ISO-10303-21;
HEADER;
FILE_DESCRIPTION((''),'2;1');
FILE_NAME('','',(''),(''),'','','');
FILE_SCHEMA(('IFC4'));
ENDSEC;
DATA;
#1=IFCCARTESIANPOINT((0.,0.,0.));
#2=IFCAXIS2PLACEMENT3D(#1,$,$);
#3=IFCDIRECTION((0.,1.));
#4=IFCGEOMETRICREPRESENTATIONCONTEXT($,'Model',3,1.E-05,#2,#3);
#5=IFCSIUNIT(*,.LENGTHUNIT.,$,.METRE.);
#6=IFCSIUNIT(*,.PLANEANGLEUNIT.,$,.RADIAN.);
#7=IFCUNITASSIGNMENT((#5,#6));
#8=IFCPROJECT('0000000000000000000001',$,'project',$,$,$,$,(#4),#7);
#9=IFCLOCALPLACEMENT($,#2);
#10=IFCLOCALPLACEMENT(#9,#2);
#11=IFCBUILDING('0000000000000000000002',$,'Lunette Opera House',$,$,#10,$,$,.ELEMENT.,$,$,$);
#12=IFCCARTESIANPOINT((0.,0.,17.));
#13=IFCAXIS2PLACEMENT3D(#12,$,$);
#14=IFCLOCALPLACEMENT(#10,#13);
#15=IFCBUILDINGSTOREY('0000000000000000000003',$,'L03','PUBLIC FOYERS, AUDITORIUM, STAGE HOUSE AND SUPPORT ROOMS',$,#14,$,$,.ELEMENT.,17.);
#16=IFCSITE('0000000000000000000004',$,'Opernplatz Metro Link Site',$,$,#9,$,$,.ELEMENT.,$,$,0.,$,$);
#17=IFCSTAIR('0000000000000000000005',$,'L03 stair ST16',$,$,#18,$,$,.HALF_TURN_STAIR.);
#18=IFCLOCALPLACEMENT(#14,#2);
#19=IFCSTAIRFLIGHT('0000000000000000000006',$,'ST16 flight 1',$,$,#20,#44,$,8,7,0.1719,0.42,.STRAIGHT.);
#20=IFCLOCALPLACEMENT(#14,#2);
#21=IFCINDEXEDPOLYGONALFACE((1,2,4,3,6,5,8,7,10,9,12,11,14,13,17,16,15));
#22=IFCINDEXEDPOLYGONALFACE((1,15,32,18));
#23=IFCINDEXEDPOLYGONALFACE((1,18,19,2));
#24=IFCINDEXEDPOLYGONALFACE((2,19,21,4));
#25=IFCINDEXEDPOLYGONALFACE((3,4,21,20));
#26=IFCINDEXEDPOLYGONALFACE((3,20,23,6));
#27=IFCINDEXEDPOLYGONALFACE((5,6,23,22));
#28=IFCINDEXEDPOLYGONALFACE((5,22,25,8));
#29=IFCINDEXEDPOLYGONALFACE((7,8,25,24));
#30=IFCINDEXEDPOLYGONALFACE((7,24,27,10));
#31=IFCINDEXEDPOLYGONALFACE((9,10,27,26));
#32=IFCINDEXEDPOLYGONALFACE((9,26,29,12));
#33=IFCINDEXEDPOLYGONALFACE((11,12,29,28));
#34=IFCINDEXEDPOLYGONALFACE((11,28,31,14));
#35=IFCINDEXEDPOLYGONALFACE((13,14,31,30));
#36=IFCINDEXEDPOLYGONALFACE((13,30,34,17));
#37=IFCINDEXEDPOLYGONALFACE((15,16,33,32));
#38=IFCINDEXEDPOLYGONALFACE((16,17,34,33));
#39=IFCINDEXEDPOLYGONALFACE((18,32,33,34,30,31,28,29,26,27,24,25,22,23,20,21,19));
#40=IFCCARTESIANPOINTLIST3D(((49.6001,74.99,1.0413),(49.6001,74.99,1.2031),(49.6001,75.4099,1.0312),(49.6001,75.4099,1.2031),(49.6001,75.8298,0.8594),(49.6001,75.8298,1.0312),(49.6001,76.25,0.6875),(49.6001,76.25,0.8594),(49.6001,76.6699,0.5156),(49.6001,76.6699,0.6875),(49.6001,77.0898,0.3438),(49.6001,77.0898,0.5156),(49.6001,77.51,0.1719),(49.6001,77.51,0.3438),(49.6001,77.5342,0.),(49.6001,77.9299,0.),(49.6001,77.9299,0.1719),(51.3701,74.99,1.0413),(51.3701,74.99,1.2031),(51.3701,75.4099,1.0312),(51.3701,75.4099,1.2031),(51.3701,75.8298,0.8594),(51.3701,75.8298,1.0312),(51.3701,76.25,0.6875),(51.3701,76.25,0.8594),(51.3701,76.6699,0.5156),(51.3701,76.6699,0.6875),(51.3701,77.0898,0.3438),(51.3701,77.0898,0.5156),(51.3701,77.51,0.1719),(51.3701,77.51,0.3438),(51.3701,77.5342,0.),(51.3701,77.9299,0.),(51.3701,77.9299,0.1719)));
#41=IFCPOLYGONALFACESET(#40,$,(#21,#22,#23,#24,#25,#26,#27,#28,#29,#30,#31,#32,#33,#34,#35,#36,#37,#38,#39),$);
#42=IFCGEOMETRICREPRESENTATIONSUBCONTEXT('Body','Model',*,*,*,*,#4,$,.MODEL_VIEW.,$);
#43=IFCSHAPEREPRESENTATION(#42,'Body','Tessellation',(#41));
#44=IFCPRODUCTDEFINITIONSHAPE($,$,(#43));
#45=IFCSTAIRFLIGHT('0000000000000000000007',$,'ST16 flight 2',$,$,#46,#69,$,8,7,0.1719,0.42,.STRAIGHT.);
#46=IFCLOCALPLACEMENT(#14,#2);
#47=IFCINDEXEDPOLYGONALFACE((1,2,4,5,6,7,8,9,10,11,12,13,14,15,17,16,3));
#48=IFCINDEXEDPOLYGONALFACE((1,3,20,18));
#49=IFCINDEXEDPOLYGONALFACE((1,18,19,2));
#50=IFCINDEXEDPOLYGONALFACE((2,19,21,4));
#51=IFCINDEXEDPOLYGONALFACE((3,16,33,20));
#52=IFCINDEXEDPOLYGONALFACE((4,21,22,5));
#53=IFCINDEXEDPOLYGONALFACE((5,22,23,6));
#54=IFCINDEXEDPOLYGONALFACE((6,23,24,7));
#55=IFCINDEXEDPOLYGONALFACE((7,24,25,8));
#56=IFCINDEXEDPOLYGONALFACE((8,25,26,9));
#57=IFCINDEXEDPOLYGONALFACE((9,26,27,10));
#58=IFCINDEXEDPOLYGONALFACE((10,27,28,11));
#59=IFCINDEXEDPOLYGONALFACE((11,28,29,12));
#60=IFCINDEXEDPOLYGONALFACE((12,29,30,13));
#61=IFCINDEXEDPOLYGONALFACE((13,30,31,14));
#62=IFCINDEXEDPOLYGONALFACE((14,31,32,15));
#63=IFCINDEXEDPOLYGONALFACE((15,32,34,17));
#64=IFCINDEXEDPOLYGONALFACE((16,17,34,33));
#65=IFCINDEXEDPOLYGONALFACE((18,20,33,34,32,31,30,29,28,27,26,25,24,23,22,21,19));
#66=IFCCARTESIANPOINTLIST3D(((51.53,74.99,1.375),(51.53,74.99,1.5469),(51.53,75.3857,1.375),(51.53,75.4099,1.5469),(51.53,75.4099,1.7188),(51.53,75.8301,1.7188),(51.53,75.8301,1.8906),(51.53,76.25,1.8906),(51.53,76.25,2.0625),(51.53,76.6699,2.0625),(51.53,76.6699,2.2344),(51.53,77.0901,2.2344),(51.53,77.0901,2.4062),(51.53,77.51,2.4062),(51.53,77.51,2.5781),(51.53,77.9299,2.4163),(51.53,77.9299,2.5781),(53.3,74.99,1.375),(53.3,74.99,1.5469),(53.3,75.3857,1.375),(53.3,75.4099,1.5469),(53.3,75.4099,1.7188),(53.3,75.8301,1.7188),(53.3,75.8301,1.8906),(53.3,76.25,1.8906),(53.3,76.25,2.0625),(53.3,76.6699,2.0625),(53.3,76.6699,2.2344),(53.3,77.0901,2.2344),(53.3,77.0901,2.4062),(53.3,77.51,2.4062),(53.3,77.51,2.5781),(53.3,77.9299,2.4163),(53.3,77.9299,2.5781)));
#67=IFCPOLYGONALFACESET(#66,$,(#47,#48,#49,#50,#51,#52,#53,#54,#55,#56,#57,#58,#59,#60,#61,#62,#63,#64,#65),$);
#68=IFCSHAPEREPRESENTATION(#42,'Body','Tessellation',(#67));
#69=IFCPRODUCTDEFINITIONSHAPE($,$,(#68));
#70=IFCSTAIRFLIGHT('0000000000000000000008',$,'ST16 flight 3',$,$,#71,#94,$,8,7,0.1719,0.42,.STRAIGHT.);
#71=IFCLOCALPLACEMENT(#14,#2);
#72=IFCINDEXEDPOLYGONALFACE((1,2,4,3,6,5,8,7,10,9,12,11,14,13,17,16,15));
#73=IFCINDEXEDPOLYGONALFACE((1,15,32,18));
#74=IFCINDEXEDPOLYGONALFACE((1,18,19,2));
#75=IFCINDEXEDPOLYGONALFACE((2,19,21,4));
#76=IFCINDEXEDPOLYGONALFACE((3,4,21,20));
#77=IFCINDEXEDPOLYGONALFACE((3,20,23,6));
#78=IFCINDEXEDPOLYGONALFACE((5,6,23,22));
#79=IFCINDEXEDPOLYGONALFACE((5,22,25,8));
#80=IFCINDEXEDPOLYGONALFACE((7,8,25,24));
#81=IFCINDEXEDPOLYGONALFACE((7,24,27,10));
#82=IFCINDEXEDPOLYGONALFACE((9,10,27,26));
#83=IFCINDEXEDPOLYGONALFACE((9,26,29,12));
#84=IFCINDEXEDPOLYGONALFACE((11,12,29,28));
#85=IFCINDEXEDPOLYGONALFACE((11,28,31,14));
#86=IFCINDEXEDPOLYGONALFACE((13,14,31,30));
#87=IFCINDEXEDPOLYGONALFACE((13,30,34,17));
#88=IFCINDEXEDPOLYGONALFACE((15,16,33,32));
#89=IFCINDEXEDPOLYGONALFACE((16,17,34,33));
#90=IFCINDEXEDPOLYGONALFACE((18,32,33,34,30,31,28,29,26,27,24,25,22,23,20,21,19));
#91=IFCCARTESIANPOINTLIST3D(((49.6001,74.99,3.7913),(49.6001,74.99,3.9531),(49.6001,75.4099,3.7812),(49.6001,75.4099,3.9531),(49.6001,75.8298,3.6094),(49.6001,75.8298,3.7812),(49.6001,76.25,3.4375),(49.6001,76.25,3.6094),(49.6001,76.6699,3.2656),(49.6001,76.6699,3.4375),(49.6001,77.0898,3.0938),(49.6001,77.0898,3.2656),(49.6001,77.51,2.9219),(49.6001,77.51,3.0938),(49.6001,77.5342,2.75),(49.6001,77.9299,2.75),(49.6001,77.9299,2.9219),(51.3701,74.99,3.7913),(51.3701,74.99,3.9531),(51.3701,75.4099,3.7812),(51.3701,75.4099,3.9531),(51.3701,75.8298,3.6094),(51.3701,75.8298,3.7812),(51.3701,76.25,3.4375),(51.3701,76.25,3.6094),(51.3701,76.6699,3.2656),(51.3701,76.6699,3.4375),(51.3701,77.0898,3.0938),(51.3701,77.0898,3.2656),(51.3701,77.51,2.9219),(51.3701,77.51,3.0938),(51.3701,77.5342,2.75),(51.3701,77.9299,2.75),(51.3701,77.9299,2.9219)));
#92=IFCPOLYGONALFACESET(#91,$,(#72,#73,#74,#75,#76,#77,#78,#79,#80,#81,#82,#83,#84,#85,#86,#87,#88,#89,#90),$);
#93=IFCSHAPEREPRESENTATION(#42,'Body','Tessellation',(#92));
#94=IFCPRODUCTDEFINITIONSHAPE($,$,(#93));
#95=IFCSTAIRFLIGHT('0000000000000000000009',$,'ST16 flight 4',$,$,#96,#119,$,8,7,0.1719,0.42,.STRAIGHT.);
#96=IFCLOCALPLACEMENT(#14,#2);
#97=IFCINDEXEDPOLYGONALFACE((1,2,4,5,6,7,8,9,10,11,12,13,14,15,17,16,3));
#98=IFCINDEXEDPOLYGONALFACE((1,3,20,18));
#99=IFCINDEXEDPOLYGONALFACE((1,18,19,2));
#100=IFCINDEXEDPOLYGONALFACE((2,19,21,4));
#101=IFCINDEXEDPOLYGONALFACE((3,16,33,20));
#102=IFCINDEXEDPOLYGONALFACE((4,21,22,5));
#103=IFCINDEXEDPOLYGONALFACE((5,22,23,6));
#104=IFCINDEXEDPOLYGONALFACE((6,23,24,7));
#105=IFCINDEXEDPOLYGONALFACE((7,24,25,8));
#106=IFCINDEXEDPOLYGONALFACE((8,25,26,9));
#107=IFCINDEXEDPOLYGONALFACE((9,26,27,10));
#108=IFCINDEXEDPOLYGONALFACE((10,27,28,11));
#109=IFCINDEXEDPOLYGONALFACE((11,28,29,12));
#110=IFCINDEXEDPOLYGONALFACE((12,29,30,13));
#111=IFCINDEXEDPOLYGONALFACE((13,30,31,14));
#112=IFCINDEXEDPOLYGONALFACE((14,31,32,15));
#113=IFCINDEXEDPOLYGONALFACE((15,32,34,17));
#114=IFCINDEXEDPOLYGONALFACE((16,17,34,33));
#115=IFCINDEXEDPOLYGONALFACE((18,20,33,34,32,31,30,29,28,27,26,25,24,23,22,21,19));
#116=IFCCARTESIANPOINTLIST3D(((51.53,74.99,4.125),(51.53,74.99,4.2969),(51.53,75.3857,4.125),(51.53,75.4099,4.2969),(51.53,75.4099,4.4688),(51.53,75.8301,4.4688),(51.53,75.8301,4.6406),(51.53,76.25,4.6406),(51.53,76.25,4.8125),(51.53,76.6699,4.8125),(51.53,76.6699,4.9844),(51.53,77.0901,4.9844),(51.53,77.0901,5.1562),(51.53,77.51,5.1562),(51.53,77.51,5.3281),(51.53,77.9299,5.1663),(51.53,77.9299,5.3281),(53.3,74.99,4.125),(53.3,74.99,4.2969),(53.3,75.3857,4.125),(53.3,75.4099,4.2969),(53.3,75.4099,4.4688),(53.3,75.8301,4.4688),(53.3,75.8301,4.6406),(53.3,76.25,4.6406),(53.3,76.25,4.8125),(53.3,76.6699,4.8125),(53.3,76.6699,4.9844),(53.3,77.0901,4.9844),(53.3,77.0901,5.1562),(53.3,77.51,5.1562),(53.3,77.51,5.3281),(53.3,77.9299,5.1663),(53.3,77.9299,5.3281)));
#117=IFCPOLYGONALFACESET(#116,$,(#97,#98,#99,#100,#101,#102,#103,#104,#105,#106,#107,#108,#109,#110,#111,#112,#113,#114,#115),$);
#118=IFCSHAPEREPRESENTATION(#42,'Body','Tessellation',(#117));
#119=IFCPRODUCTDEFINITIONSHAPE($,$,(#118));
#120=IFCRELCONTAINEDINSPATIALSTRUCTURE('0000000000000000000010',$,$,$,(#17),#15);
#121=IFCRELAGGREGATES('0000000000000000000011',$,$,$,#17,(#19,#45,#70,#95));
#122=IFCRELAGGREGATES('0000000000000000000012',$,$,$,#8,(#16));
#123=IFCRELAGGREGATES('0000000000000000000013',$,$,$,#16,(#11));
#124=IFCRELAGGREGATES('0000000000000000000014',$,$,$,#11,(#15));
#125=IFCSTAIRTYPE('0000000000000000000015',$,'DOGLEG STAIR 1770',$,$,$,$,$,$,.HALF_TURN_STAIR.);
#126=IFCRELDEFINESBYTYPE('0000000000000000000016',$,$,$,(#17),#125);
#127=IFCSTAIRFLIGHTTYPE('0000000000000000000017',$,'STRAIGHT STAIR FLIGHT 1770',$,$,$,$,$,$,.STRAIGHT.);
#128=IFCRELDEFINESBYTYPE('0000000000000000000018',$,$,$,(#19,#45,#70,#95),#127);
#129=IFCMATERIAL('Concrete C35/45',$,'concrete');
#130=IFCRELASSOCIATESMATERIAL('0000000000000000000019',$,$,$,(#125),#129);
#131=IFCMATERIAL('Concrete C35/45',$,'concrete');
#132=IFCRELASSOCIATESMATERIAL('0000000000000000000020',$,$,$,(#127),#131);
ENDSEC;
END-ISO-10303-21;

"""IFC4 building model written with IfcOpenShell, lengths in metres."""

from ifc_helpers import new_model, si_unit, direction, frame, origin, place, context, subcontext, project, spatial, polyline, outline, extrude, material, type_object, element, aggregate, save


model = new_model("IFC4")

# Units and contexts
model_context = context("Model", 3, precision=1e-05, world=origin(), true_north=direction((0.0, 1.0)))
body_context = subcontext(model_context, "Body", "Model", "MODEL_VIEW")
ifc_project = project(units=[si_unit("LENGTHUNIT", "METRE"), si_unit("PLANEANGLEUNIT", "RADIAN")], contexts=[model_context])

# Site, building, storey
site_placement = place(None, origin())
site = spatial("IfcSite", under=ifc_project, at=site_placement, Name="Opernplatz Metro Link Site", CompositionType="ELEMENT", RefElevation=0.0)
building_placement = place(site_placement, origin())
building = spatial("IfcBuilding", under=site, at=building_placement, Name="Lunette Opera House", CompositionType="ELEMENT")
storey_placement = place(building_placement, frame((0.0, 0.0, 17.0)))
storey = spatial("IfcBuildingStorey", under=building, at=storey_placement, Name="L03", Description="PUBLIC FOYERS, AUDITORIUM, STAGE HOUSE AND SUPPORT ROOMS", CompositionType="ELEMENT", Elevation=17.0)

# Stair, stair flights
ifc_material_1 = material(Name="Concrete C35/45", Category="concrete")
stair_type = type_object("IfcStairType", Name="DOGLEG STAIR 1770", PredefinedType="HALF_TURN_STAIR", material=ifc_material_1)
stair_placement = place(storey_placement, origin())
stair = element("IfcStair", 1, at=stair_placement, inside=storey, type_object=stair_type, Name="L03 stair ST16", PredefinedType="HALF_TURN_STAIR")
ifc_material_2 = material(Name="Concrete C35/45", Category="concrete")
stair_flight_type = type_object("IfcStairFlightType", Name="STRAIGHT STAIR FLIGHT 1770", PredefinedType="STRAIGHT", material=ifc_material_2)
stair_flight_1_placement = place(storey_placement, frame((50.4851, 77.9299, 0.0), z_axis=(0.0, 0.0, 1.0), x_axis=(0.0, -1.0, 0.0)))
stair_flight_1 = element("IfcStairFlight", 2, at=stair_flight_1_placement, type_object=stair_flight_type, Name="ST16 flight 1", NumberOfRisers=8, NumberOfTreads=7, PredefinedType="STRAIGHT", RiserHeight=0.1719, TreadLength=0.42, context=body_context, shape_type="SweptSolid", body=[
    extrude(outline(polyline([(0.0, 0.0), (0.0, 0.1719), (0.4199, 0.1719), (0.4199, 0.3438), (0.8401, 0.3438), (0.8401, 0.5156), (1.26, 0.5156), (1.26, 0.6875), (1.6799, 0.6875), (1.6799, 0.8594), (2.1001, 0.8594), (2.1001, 1.0312), (2.52, 1.0312), (2.52, 1.2031), (2.9399, 1.2031), (2.9399, 1.375), (2.9399, 1.0413), (0.3958, 0.0), (0.0, 0.0)])), frame((0.0, 0.885, 0.0), z_axis=(0.0, -1.0, 0.0), x_axis=(1.0, 0.0, 0.0)), (0.0, 0.0, 1.0), 1.77),
])
stair_flight_2_placement = place(storey_placement, frame((52.415, 74.99, 1.375), z_axis=(0.0, 0.0, 1.0), x_axis=(0.0, 1.0, 0.0)))
stair_flight_2 = element("IfcStairFlight", 3, at=stair_flight_2_placement, type_object=stair_flight_type, Name="ST16 flight 2", NumberOfRisers=8, NumberOfTreads=7, PredefinedType="STRAIGHT", RiserHeight=0.1719, TreadLength=0.42, context=body_context, shape_type="SweptSolid", body=[
    extrude(outline(polyline([(0.0, 0.0), (0.0, 0.1719), (0.4199, 0.1719), (0.4199, 0.3438), (0.8401, 0.3438), (0.8401, 0.5156), (1.26, 0.5156), (1.26, 0.6875), (1.6799, 0.6875), (1.6799, 0.8594), (2.1001, 0.8594), (2.1001, 1.0312), (2.52, 1.0312), (2.52, 1.2031), (2.9399, 1.2031), (2.9399, 1.375), (2.9399, 1.0413), (0.3958, 0.0), (0.0, 0.0)])), frame((0.0, 0.885, 0.0), z_axis=(0.0, -1.0, 0.0), x_axis=(1.0, 0.0, 0.0)), (0.0, 0.0, 1.0), 1.77),
])
stair_flight_3_placement = place(storey_placement, frame((50.4851, 77.9299, 2.75), z_axis=(0.0, 0.0, 1.0), x_axis=(0.0, -1.0, 0.0)))
stair_flight_3 = element("IfcStairFlight", 4, at=stair_flight_3_placement, type_object=stair_flight_type, Name="ST16 flight 3", NumberOfRisers=8, NumberOfTreads=7, PredefinedType="STRAIGHT", RiserHeight=0.1719, TreadLength=0.42, context=body_context, shape_type="SweptSolid", body=[
    extrude(outline(polyline([(0.0, 0.0), (0.0, 0.1719), (0.4199, 0.1719), (0.4199, 0.3438), (0.8401, 0.3438), (0.8401, 0.5156), (1.26, 0.5156), (1.26, 0.6875), (1.6799, 0.6875), (1.6799, 0.8594), (2.1001, 0.8594), (2.1001, 1.0312), (2.52, 1.0312), (2.52, 1.2031), (2.9399, 1.2031), (2.9399, 1.375), (2.9399, 1.0413), (0.3958, 0.0), (0.0, 0.0)])), frame((0.0, 0.885, 0.0), z_axis=(0.0, -1.0, 0.0), x_axis=(1.0, 0.0, 0.0)), (0.0, 0.0, 1.0), 1.77),
])
stair_flight_4_placement = place(storey_placement, frame((52.415, 74.99, 4.125), z_axis=(0.0, 0.0, 1.0), x_axis=(0.0, 1.0, 0.0)))
stair_flight_4 = element("IfcStairFlight", 5, at=stair_flight_4_placement, type_object=stair_flight_type, Name="ST16 flight 4", NumberOfRisers=8, NumberOfTreads=7, PredefinedType="STRAIGHT", RiserHeight=0.1719, TreadLength=0.42, context=body_context, shape_type="SweptSolid", body=[
    extrude(outline(polyline([(0.0, 0.0), (0.0, 0.1719), (0.4199, 0.1719), (0.4199, 0.3438), (0.8401, 0.3438), (0.8401, 0.5156), (1.26, 0.5156), (1.26, 0.6875), (1.6799, 0.6875), (1.6799, 0.8594), (2.1001, 0.8594), (2.1001, 1.0312), (2.52, 1.0312), (2.52, 1.2031), (2.9399, 1.2031), (2.9399, 1.375), (2.9399, 1.0413), (0.3958, 0.0), (0.0, 0.0)])), frame((0.0, 0.885, 0.0), z_axis=(0.0, -1.0, 0.0), x_axis=(1.0, 0.0, 0.0)), (0.0, 0.0, 1.0), 1.77),
])
aggregate(stair, [stair_flight_1, stair_flight_2, stair_flight_3, stair_flight_4])

save(model, "model.ifc")
